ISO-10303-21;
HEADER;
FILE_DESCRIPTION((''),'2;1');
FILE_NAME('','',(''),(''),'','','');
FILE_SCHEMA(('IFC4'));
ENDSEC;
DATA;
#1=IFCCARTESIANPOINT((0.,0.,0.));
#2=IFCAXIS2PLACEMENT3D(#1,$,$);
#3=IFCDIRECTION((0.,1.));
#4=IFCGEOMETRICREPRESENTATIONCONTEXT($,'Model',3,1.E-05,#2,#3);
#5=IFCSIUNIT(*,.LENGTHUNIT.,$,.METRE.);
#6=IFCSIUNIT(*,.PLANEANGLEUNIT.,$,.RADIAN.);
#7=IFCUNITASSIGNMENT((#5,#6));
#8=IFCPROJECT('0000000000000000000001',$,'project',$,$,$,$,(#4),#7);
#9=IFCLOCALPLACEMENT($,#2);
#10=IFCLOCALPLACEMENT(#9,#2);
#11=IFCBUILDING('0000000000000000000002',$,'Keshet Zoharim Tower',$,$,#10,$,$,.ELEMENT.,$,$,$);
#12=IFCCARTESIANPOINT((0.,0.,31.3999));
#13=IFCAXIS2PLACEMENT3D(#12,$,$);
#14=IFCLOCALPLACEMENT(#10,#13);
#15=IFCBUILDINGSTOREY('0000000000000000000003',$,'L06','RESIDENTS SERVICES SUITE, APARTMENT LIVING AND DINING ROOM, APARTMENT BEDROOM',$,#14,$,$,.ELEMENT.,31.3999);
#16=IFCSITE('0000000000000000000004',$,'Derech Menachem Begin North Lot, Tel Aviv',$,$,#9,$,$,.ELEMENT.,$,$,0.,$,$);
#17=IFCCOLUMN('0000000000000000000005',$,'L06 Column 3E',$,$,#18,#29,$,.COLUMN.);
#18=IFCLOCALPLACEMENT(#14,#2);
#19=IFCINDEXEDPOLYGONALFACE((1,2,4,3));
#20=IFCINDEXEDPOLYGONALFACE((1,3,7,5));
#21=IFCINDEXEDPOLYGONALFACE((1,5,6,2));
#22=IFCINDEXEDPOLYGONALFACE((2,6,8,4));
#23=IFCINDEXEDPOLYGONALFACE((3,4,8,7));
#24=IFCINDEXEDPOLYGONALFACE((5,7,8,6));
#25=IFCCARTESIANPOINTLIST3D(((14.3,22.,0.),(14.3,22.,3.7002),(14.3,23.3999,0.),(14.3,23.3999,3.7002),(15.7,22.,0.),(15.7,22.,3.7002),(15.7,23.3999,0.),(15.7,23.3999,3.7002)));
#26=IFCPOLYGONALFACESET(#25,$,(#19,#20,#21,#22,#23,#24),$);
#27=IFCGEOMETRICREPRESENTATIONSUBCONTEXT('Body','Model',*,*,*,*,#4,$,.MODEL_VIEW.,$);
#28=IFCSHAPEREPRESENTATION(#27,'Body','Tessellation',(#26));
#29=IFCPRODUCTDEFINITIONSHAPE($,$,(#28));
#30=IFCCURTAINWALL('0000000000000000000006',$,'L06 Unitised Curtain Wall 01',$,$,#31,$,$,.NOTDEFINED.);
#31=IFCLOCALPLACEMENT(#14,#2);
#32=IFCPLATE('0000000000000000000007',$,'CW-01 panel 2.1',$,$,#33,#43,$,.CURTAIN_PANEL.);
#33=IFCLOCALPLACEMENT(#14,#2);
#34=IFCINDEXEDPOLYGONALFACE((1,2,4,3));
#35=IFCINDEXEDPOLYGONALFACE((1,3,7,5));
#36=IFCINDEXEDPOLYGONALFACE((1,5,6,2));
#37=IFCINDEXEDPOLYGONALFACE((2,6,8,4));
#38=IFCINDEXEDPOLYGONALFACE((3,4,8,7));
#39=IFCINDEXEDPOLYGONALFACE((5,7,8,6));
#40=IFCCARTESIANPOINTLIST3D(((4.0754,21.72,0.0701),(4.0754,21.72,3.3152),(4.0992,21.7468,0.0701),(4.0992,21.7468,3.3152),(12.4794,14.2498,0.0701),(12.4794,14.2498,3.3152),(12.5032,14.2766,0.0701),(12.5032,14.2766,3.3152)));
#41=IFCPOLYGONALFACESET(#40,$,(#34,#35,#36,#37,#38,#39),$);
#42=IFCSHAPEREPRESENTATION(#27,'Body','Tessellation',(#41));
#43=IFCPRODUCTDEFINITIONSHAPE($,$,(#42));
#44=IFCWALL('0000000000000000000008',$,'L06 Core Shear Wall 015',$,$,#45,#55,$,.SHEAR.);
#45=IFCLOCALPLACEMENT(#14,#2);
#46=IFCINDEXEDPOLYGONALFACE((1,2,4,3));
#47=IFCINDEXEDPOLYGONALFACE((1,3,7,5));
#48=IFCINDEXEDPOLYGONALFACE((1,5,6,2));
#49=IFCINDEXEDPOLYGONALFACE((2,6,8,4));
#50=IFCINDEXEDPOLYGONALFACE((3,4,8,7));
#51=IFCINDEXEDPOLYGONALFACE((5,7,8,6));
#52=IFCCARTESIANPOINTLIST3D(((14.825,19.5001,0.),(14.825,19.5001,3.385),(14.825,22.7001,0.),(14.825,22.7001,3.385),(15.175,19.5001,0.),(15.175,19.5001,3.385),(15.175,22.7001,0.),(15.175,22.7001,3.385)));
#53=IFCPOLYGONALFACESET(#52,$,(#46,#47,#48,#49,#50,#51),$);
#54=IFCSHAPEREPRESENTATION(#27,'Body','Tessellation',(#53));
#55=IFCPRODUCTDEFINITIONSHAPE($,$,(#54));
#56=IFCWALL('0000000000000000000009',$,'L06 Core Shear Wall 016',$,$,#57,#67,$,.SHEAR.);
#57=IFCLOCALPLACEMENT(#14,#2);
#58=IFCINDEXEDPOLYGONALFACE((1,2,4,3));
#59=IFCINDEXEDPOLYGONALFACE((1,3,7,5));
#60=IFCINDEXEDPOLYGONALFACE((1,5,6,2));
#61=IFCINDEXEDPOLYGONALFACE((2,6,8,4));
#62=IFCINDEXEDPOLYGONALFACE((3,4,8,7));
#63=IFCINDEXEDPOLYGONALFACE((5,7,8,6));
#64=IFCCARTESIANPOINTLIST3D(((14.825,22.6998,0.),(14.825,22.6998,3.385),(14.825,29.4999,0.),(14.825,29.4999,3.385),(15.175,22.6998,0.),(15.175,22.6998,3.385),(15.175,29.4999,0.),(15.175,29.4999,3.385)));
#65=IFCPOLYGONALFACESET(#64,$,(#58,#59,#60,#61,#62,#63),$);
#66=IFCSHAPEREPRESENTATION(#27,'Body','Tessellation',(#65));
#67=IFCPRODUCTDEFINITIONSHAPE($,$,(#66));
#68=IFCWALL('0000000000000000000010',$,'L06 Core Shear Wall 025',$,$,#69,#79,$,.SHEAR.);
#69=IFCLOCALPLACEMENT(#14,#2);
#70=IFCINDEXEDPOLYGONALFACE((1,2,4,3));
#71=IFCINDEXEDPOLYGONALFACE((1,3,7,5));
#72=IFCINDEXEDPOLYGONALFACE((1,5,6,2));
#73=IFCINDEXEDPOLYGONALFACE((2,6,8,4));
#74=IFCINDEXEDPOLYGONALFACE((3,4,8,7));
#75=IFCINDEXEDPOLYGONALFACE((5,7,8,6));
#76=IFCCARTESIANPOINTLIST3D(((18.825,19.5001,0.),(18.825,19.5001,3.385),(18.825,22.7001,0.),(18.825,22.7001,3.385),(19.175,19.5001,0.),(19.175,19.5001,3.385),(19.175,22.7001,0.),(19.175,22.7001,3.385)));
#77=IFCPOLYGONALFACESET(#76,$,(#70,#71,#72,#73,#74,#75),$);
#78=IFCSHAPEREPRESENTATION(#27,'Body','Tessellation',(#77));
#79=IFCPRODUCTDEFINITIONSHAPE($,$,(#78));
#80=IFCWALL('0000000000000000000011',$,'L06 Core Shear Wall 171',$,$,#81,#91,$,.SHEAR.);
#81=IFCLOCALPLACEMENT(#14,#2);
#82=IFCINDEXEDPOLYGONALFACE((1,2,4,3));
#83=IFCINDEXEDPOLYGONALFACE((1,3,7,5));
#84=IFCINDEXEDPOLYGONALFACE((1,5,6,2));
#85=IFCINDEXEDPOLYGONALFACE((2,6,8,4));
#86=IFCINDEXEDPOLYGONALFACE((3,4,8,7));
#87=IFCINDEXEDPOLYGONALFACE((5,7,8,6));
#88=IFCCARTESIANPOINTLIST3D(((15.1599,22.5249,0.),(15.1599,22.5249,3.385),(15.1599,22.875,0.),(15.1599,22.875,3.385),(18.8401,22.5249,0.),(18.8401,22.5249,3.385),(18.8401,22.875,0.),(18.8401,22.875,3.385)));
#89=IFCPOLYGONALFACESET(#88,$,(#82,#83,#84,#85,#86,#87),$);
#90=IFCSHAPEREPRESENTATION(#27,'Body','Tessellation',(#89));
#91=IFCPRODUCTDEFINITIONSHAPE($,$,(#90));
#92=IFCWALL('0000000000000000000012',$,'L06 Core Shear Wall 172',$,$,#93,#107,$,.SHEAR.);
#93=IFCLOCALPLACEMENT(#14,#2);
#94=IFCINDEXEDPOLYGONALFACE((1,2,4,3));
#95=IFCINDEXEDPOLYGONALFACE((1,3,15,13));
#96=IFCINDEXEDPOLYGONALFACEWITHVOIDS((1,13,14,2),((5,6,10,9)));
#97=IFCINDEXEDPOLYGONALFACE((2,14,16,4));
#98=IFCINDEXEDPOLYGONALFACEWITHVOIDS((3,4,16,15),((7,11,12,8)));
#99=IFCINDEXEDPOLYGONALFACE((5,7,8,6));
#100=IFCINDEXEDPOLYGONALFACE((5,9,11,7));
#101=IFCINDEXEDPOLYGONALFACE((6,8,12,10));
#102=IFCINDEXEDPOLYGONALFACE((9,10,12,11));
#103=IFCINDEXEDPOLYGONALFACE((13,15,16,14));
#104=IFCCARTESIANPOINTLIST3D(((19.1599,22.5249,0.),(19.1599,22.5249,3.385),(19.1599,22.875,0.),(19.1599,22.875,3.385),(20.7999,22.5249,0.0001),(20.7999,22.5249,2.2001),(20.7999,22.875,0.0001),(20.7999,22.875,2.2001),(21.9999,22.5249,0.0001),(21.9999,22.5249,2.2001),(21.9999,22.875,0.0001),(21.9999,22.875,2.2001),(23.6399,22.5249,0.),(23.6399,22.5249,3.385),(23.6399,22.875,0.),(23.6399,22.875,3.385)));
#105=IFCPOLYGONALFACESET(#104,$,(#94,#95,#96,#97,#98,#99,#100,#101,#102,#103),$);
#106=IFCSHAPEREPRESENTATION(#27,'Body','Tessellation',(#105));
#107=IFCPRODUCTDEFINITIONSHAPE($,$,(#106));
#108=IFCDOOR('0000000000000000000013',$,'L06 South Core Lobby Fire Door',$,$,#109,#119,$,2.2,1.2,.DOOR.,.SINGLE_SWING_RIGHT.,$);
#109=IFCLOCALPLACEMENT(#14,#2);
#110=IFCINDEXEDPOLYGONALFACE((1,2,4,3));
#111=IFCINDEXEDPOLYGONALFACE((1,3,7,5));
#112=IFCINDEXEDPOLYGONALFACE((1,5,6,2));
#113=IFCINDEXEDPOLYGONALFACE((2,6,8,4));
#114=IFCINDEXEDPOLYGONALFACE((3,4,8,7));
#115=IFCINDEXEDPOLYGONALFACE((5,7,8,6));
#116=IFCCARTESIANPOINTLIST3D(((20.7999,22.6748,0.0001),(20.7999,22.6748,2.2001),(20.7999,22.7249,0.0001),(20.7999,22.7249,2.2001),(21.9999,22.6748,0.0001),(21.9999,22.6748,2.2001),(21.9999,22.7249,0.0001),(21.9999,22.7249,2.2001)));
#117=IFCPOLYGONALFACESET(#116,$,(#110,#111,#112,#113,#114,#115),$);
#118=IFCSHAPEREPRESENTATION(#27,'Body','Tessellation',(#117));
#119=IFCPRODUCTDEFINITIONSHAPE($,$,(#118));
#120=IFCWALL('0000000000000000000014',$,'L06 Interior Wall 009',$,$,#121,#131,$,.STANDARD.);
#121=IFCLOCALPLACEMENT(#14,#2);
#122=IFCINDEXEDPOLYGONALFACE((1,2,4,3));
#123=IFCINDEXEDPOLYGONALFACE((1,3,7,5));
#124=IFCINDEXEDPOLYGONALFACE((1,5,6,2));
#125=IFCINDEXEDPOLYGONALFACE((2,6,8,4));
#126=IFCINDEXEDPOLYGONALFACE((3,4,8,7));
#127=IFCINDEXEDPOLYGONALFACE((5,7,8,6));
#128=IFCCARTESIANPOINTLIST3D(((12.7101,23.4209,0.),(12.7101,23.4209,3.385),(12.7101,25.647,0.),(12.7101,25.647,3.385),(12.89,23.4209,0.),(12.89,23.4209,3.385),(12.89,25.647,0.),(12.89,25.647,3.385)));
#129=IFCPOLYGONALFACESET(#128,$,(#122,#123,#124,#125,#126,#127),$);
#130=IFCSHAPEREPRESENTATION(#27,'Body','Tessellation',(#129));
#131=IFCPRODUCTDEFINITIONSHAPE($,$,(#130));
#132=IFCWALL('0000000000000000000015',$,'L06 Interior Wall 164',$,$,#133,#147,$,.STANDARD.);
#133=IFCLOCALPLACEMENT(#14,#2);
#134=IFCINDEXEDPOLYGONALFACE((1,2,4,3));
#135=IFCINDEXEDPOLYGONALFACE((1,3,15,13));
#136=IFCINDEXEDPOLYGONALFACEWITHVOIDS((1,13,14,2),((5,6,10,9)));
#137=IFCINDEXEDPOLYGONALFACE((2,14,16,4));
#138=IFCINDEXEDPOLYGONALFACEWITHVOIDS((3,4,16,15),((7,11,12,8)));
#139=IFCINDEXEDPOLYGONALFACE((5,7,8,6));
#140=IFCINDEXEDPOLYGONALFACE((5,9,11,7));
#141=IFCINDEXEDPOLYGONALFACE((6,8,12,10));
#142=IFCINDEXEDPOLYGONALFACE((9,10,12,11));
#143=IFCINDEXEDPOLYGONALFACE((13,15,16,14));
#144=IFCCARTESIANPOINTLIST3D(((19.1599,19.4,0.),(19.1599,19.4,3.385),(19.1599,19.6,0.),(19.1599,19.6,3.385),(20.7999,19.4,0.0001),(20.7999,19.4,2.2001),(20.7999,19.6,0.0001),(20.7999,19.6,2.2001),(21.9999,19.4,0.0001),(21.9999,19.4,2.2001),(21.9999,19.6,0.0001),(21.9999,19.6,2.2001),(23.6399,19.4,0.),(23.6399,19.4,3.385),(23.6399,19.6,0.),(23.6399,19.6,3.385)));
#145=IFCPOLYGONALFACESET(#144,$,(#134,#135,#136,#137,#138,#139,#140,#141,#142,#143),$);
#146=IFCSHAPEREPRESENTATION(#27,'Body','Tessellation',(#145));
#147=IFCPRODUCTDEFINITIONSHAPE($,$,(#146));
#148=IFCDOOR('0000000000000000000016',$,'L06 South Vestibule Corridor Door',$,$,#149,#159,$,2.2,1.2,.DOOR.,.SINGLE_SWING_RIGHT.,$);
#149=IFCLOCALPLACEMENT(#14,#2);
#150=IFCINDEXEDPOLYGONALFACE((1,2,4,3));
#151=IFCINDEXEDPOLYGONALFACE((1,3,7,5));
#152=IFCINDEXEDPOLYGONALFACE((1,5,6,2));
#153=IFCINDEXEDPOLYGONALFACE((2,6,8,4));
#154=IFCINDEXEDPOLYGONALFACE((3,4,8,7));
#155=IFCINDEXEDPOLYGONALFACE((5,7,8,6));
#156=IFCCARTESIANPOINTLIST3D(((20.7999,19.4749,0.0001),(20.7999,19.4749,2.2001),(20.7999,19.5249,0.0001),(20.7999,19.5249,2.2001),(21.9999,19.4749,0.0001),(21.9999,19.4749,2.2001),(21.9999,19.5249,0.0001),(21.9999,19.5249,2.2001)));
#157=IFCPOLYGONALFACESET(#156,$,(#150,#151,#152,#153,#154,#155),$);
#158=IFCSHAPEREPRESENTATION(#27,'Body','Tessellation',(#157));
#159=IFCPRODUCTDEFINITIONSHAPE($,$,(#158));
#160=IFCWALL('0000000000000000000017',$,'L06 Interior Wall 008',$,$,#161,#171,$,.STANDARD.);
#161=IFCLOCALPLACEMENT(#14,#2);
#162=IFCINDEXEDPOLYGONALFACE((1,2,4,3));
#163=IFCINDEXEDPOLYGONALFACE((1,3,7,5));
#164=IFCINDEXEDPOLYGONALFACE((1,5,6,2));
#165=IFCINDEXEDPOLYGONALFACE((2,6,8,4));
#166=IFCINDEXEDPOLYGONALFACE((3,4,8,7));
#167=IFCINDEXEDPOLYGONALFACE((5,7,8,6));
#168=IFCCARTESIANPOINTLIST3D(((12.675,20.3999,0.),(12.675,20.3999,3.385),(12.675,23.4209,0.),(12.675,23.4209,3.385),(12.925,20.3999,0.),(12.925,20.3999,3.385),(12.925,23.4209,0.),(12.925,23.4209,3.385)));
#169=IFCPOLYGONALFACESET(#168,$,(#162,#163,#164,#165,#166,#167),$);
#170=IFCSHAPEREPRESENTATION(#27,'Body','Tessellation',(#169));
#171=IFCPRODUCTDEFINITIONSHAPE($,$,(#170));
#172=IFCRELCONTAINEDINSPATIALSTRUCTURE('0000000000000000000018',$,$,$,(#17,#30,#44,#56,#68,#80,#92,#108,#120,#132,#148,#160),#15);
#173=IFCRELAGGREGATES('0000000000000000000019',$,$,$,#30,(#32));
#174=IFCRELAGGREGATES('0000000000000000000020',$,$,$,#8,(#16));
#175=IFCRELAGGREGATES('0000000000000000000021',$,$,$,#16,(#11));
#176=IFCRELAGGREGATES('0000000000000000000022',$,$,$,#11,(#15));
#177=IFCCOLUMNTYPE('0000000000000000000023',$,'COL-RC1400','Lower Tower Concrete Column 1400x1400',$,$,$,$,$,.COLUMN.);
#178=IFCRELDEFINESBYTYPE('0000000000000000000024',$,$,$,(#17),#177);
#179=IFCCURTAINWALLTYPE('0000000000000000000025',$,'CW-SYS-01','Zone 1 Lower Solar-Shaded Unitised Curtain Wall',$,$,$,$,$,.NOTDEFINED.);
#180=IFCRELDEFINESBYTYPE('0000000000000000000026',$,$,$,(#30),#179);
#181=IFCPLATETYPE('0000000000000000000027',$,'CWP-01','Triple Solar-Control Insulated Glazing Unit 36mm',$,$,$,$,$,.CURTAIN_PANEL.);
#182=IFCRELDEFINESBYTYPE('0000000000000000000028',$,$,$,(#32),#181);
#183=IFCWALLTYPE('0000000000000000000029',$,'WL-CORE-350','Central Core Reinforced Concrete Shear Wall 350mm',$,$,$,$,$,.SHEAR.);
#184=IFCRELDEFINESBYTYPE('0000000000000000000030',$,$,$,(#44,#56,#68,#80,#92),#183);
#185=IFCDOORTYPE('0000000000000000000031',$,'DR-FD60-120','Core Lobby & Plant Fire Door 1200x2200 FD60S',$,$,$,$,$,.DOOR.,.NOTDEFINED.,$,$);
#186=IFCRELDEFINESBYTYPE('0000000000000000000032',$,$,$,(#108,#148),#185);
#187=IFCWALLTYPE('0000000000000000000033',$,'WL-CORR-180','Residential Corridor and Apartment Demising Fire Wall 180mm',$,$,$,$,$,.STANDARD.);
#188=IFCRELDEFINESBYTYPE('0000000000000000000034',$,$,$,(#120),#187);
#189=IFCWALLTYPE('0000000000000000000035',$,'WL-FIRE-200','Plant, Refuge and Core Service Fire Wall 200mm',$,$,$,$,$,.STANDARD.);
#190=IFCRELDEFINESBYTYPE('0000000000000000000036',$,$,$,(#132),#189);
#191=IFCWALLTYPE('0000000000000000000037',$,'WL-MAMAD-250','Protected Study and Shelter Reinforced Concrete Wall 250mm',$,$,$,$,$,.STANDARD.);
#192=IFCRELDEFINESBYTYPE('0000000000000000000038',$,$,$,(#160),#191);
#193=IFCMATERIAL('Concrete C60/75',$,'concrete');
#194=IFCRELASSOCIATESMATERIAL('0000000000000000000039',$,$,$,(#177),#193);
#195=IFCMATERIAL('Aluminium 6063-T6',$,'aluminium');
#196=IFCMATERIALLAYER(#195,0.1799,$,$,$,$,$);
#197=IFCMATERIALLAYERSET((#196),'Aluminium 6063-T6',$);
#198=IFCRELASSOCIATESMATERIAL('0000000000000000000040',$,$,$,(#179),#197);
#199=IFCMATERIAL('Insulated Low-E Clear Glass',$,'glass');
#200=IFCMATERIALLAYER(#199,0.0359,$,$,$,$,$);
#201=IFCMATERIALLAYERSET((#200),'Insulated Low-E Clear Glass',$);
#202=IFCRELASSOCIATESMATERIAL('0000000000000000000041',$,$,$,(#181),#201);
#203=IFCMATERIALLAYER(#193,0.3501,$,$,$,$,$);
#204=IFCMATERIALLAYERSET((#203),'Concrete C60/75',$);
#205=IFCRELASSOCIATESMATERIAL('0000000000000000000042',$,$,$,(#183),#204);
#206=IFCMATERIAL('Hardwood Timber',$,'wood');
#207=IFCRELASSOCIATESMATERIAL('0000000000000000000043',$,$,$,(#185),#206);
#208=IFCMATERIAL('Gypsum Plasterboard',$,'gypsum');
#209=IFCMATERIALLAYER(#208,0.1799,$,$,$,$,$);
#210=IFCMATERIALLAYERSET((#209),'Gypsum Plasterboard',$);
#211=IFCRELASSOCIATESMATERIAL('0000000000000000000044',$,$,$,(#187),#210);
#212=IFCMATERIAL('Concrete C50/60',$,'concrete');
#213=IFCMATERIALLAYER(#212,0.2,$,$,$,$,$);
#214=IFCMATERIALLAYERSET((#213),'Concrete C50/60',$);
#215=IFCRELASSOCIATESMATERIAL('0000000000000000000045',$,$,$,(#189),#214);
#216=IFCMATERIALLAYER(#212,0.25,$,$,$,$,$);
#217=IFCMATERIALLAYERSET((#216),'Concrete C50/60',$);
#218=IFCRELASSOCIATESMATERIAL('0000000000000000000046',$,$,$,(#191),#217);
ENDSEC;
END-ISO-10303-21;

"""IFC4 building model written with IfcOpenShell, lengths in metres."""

from ifc_helpers import new_model, si_unit, direction, frame, frame_2d, origin, origin_2d, place, context, subcontext, project, spatial, rectangle, extrude, material, layer, layer_set, material_profile, profile_set, type_object, element, fill, aggregate, save


model = new_model("IFC4")

# Units and contexts
model_context = context("Model", 3, precision=1e-05, world=origin(), true_north=direction((0.0, 1.0)))
body_context = subcontext(model_context, "Body", "Model", "MODEL_VIEW")
ifc_project = project(units=[si_unit("LENGTHUNIT", "METRE"), si_unit("PLANEANGLEUNIT", "RADIAN")], contexts=[model_context])

# Site, building, storey
site_placement = place(None, origin())
site = spatial("IfcSite", under=ifc_project, at=site_placement, Name="Derech Menachem Begin North Lot, Tel Aviv", CompositionType="ELEMENT", RefElevation=0.0)
building_placement = place(site_placement, origin())
building = spatial("IfcBuilding", under=site, at=building_placement, Name="Keshet Zoharim Tower", CompositionType="ELEMENT")
storey_placement = place(building_placement, frame((0.0, 0.0, 31.3999)))
storey = spatial("IfcBuildingStorey", under=building, at=storey_placement, Name="L06", Description="RESIDENTS SERVICES SUITE, APARTMENT LIVING AND DINING ROOM, APARTMENT BEDROOM", CompositionType="ELEMENT", Elevation=31.3999)

# Column
ifc_material_1 = material(Name="Concrete C60/75", Category="concrete")
ifc_material_profile = material_profile(ifc_material_1, rectangle(XDim=1.3999, YDim=1.3999, at=origin_2d()), Name="RC1400x1400")
ifc_profile_set = profile_set([ifc_material_profile], Name="Concrete C60/75")
column_type = type_object("IfcColumnType", Name="COL-RC1400", Description="Lower Tower Concrete Column 1400x1400", PredefinedType="COLUMN", material=ifc_profile_set)
column_placement = place(storey_placement, frame((15.0, 22.7, 0.0), z_axis=(0.0, 0.0, 1.0), x_axis=(1.0, 0.0, 0.0)))
element("IfcColumn", 1, at=column_placement, inside=storey, type_object=column_type, Name="L06 Column 3E", PredefinedType="COLUMN", context=body_context, shape_type="SweptSolid", body=[
    extrude(rectangle(XDim=1.3999, YDim=1.3999, at=origin_2d()), origin(), (0.0, 0.0, 1.0), 3.7002),
])

# Curtain wall, plate
ifc_material_2 = material(Name="Aluminium 6063-T6", Category="aluminium")
ifc_layer_1 = layer(ifc_material_2, 0.1799)
ifc_layer_set_1 = layer_set([ifc_layer_1], Name="Aluminium 6063-T6")
curtain_wall_type = type_object("IfcCurtainWallType", Name="CW-SYS-01", Description="Zone 1 Lower Solar-Shaded Unitised Curtain Wall", PredefinedType="NOTDEFINED", material=ifc_layer_set_1)
curtain_wall_placement = place(storey_placement, origin())
curtain_wall = element("IfcCurtainWall", 2, at=curtain_wall_placement, inside=storey, type_object=curtain_wall_type, Name="L06 Unitised Curtain Wall 01", PredefinedType="NOTDEFINED")
ifc_material_3 = material(Name="Insulated Low-E Clear Glass", Category="glass")
ifc_layer_2 = layer(ifc_material_3, 0.0359)
ifc_layer_set_2 = layer_set([ifc_layer_2], Name="Insulated Low-E Clear Glass")
plate_type = type_object("IfcPlateType", Name="CWP-01", Description="Triple Solar-Control Insulated Glazing Unit 36mm", PredefinedType="CURTAIN_PANEL", material=ifc_layer_set_2)
plate_placement = place(storey_placement, frame((8.2893, 17.9983, 0.0701), z_axis=(0.0, 0.0, 1.0), x_axis=(-0.747409, 0.664364, 0.0)))
plate = element("IfcPlate", 3, at=plate_placement, type_object=plate_type, Name="CW-01 panel 2.1", PredefinedType="CURTAIN_PANEL", context=body_context, shape_type="SweptSolid", body=[
    extrude(rectangle(XDim=11.2441, YDim=0.0359, at=origin_2d()), origin(), (0.0, 0.0, 1.0), 3.2451),
])
aggregate(curtain_wall, [plate])

# Walls
ifc_layer_3 = layer(ifc_material_1, 0.3501)
ifc_layer_set_3 = layer_set([ifc_layer_3], Name="Concrete C60/75")
wall_type_1 = type_object("IfcWallType", Name="WL-CORE-350", Description="Central Core Reinforced Concrete Shear Wall 350mm", PredefinedType="SHEAR", material=ifc_layer_set_3)
wall_1_placement = place(storey_placement, frame((15.0, 19.5, 0.0), z_axis=(0.0, 0.0, 1.0), x_axis=(0.0, 1.0, 0.0)))
element("IfcWall", 4, at=wall_1_placement, inside=storey, type_object=wall_type_1, Name="L06 Core Shear Wall 015", PredefinedType="SHEAR", context=body_context, shape_type="SweptSolid", body=[
    extrude(rectangle(XDim=3.2, YDim=0.3501, at=frame_2d((1.6001, 0.0))), origin(), (0.0, 0.0, 1.0), 3.385),
])
wall_2_placement = place(storey_placement, frame((15.0, 22.7, 0.0), z_axis=(0.0, 0.0, 1.0), x_axis=(0.0, 1.0, 0.0)))
element("IfcWall", 5, at=wall_2_placement, inside=storey, type_object=wall_type_1, Name="L06 Core Shear Wall 016", PredefinedType="SHEAR", context=body_context, shape_type="SweptSolid", body=[
    extrude(rectangle(XDim=6.8, YDim=0.3501, at=frame_2d((3.3999, 0.0))), origin(), (0.0, 0.0, 1.0), 3.385),
])
wall_3_placement = place(storey_placement, frame((19.0, 19.5, 0.0), z_axis=(0.0, 0.0, 1.0), x_axis=(0.0, 1.0, 0.0)))
element("IfcWall", 6, at=wall_3_placement, inside=storey, type_object=wall_type_1, Name="L06 Core Shear Wall 025", PredefinedType="SHEAR", context=body_context, shape_type="SweptSolid", body=[
    extrude(rectangle(XDim=3.2, YDim=0.3501, at=frame_2d((1.6001, 0.0))), origin(), (0.0, 0.0, 1.0), 3.385),
])

# Shared definitions
ifc_material_4 = material(Name="Hardwood Timber", Category="wood")

# Wall
wall_4_placement = place(storey_placement, frame((15.1599, 22.7, 0.0), z_axis=(0.0, 0.0, 1.0), x_axis=(1.0, 0.0, 0.0)))
element("IfcWall", 7, at=wall_4_placement, inside=storey, type_object=wall_type_1, Name="L06 Core Shear Wall 171", PredefinedType="SHEAR", context=body_context, shape_type="SweptSolid", body=[
    extrude(rectangle(XDim=3.6802, YDim=0.3501, at=frame_2d((1.8401, 0.0))), origin(), (0.0, 0.0, 1.0), 3.385),
])

# Wall, opening, door
wall_5_placement = place(storey_placement, frame((19.1599, 22.7, 0.0), z_axis=(0.0, 0.0, 1.0), x_axis=(1.0, 0.0, 0.0)))
wall_5 = element("IfcWall", 8, at=wall_5_placement, inside=storey, type_object=wall_type_1, Name="L06 Core Shear Wall 172", PredefinedType="SHEAR", context=body_context, shape_type="SweptSolid", body=[
    extrude(rectangle(XDim=4.48, YDim=0.3501, at=frame_2d((2.24, 0.0))), origin(), (0.0, 0.0, 1.0), 3.385),
])
opening_1_placement = place(wall_5_placement, frame((1.6399, 0.0, 0.0)))
opening_1 = element("IfcOpeningElement", 9, at=opening_1_placement, cuts=wall_5, PredefinedType="OPENING", context=body_context, shape_type="SweptSolid", body=[
    extrude(rectangle(XDim=1.2, YDim=2.2, at=frame_2d((0.6001, 1.1001))), frame((0.0, 0.1851, 0.0), z_axis=(0.0, -1.0, 0.0), x_axis=(1.0, 0.0, 0.0)), (0.0, 0.0, 1.0), 0.3701),
])
door_type_1 = type_object("IfcDoorType", Name="DR-FD60-120", Description="Core Lobby & Plant Fire Door 1200x2200 FD60S", OperationType="NOTDEFINED", PredefinedType="DOOR", material=ifc_material_4)
door_1_placement = place(opening_1_placement, origin())
door_1 = element("IfcDoor", 10, at=door_1_placement, inside=storey, type_object=door_type_1, Name="L06 South Core Lobby Fire Door", OperationType="SINGLE_SWING_RIGHT", OverallHeight=2.2, OverallWidth=1.2, PredefinedType="DOOR", context=body_context, shape_type="SweptSolid", body=[
    extrude(rectangle(XDim=1.2, YDim=2.2, at=frame_2d((0.6001, 1.1001))), frame((0.0, 0.0249, 0.0), z_axis=(0.0, -1.0, 0.0), x_axis=(1.0, 0.0, 0.0)), (0.0, 0.0, 1.0), 0.05),
])
fill(opening_1, door_1)

# Wall
ifc_material_5 = material(Name="Gypsum Plasterboard", Category="gypsum")
ifc_layer_4 = layer(ifc_material_5, 0.1799)
ifc_layer_set_4 = layer_set([ifc_layer_4], Name="Gypsum Plasterboard")
wall_type_2 = type_object("IfcWallType", Name="WL-CORR-180", Description="Residential Corridor and Apartment Demising Fire Wall 180mm", PredefinedType="STANDARD", material=ifc_layer_set_4)
wall_6_placement = place(storey_placement, frame((12.8, 23.4209, 0.0), z_axis=(0.0, 0.0, 1.0), x_axis=(0.0, 1.0, 0.0)))
element("IfcWall", 11, at=wall_6_placement, inside=storey, type_object=wall_type_2, Name="L06 Interior Wall 009", PredefinedType="STANDARD", context=body_context, shape_type="SweptSolid", body=[
    extrude(rectangle(XDim=2.2261, YDim=0.1799, at=frame_2d((1.113, 0.0))), origin(), (0.0, 0.0, 1.0), 3.385),
])

# Wall, opening, door
ifc_material_6 = material(Name="Concrete C50/60", Category="concrete")
ifc_layer_5 = layer(ifc_material_6, 0.2)
ifc_layer_set_5 = layer_set([ifc_layer_5], Name="Concrete C50/60")
wall_type_3 = type_object("IfcWallType", Name="WL-FIRE-200", Description="Plant, Refuge and Core Service Fire Wall 200mm", PredefinedType="STANDARD", material=ifc_layer_set_5)
wall_7_placement = place(storey_placement, frame((19.1599, 19.5, 0.0), z_axis=(0.0, 0.0, 1.0), x_axis=(1.0, 0.0, 0.0)))
wall_7 = element("IfcWall", 12, at=wall_7_placement, inside=storey, type_object=wall_type_3, Name="L06 Interior Wall 164", PredefinedType="STANDARD", context=body_context, shape_type="SweptSolid", body=[
    extrude(rectangle(XDim=4.48, YDim=0.2, at=frame_2d((2.24, 0.0))), origin(), (0.0, 0.0, 1.0), 3.385),
])
opening_2_placement = place(wall_7_placement, frame((1.6399, 0.0, 0.0)))
opening_2 = element("IfcOpeningElement", 13, at=opening_2_placement, cuts=wall_7, PredefinedType="OPENING", context=body_context, shape_type="SweptSolid", body=[
    extrude(rectangle(XDim=1.2, YDim=2.2, at=frame_2d((0.6001, 1.1001))), frame((0.0, 0.1099, 0.0), z_axis=(0.0, -1.0, 0.0), x_axis=(1.0, 0.0, 0.0)), (0.0, 0.0, 1.0), 0.22),
])
door_2_placement = place(opening_2_placement, origin())
door_2 = element("IfcDoor", 14, at=door_2_placement, inside=storey, type_object=door_type_1, Name="L06 South Vestibule Corridor Door", OperationType="SINGLE_SWING_RIGHT", OverallHeight=2.2, OverallWidth=1.2, PredefinedType="DOOR", context=body_context, shape_type="SweptSolid", body=[
    extrude(rectangle(XDim=1.2, YDim=2.2, at=frame_2d((0.6001, 1.1001))), frame((0.0, 0.0249, 0.0), z_axis=(0.0, -1.0, 0.0), x_axis=(1.0, 0.0, 0.0)), (0.0, 0.0, 1.0), 0.05),
])
fill(opening_2, door_2)
ifc_layer_6 = layer(ifc_material_6, 0.25)
ifc_layer_set_6 = layer_set([ifc_layer_6], Name="Concrete C50/60")
wall_type_4 = type_object("IfcWallType", Name="WL-MAMAD-250", Description="Protected Study and Shelter Reinforced Concrete Wall 250mm", PredefinedType="STANDARD", material=ifc_layer_set_6)

# Wall
wall_8_placement = place(storey_placement, frame((12.8, 20.3999, 0.0), z_axis=(0.0, 0.0, 1.0), x_axis=(0.0, 1.0, 0.0)))
element("IfcWall", 15, at=wall_8_placement, inside=storey, type_object=wall_type_4, Name="L06 Interior Wall 008", PredefinedType="STANDARD", context=body_context, shape_type="SweptSolid", body=[
    extrude(rectangle(XDim=3.021, YDim=0.25, at=frame_2d((1.5105, 0.0))), origin(), (0.0, 0.0, 1.0), 3.385),
])

save(model, "model.ifc")
